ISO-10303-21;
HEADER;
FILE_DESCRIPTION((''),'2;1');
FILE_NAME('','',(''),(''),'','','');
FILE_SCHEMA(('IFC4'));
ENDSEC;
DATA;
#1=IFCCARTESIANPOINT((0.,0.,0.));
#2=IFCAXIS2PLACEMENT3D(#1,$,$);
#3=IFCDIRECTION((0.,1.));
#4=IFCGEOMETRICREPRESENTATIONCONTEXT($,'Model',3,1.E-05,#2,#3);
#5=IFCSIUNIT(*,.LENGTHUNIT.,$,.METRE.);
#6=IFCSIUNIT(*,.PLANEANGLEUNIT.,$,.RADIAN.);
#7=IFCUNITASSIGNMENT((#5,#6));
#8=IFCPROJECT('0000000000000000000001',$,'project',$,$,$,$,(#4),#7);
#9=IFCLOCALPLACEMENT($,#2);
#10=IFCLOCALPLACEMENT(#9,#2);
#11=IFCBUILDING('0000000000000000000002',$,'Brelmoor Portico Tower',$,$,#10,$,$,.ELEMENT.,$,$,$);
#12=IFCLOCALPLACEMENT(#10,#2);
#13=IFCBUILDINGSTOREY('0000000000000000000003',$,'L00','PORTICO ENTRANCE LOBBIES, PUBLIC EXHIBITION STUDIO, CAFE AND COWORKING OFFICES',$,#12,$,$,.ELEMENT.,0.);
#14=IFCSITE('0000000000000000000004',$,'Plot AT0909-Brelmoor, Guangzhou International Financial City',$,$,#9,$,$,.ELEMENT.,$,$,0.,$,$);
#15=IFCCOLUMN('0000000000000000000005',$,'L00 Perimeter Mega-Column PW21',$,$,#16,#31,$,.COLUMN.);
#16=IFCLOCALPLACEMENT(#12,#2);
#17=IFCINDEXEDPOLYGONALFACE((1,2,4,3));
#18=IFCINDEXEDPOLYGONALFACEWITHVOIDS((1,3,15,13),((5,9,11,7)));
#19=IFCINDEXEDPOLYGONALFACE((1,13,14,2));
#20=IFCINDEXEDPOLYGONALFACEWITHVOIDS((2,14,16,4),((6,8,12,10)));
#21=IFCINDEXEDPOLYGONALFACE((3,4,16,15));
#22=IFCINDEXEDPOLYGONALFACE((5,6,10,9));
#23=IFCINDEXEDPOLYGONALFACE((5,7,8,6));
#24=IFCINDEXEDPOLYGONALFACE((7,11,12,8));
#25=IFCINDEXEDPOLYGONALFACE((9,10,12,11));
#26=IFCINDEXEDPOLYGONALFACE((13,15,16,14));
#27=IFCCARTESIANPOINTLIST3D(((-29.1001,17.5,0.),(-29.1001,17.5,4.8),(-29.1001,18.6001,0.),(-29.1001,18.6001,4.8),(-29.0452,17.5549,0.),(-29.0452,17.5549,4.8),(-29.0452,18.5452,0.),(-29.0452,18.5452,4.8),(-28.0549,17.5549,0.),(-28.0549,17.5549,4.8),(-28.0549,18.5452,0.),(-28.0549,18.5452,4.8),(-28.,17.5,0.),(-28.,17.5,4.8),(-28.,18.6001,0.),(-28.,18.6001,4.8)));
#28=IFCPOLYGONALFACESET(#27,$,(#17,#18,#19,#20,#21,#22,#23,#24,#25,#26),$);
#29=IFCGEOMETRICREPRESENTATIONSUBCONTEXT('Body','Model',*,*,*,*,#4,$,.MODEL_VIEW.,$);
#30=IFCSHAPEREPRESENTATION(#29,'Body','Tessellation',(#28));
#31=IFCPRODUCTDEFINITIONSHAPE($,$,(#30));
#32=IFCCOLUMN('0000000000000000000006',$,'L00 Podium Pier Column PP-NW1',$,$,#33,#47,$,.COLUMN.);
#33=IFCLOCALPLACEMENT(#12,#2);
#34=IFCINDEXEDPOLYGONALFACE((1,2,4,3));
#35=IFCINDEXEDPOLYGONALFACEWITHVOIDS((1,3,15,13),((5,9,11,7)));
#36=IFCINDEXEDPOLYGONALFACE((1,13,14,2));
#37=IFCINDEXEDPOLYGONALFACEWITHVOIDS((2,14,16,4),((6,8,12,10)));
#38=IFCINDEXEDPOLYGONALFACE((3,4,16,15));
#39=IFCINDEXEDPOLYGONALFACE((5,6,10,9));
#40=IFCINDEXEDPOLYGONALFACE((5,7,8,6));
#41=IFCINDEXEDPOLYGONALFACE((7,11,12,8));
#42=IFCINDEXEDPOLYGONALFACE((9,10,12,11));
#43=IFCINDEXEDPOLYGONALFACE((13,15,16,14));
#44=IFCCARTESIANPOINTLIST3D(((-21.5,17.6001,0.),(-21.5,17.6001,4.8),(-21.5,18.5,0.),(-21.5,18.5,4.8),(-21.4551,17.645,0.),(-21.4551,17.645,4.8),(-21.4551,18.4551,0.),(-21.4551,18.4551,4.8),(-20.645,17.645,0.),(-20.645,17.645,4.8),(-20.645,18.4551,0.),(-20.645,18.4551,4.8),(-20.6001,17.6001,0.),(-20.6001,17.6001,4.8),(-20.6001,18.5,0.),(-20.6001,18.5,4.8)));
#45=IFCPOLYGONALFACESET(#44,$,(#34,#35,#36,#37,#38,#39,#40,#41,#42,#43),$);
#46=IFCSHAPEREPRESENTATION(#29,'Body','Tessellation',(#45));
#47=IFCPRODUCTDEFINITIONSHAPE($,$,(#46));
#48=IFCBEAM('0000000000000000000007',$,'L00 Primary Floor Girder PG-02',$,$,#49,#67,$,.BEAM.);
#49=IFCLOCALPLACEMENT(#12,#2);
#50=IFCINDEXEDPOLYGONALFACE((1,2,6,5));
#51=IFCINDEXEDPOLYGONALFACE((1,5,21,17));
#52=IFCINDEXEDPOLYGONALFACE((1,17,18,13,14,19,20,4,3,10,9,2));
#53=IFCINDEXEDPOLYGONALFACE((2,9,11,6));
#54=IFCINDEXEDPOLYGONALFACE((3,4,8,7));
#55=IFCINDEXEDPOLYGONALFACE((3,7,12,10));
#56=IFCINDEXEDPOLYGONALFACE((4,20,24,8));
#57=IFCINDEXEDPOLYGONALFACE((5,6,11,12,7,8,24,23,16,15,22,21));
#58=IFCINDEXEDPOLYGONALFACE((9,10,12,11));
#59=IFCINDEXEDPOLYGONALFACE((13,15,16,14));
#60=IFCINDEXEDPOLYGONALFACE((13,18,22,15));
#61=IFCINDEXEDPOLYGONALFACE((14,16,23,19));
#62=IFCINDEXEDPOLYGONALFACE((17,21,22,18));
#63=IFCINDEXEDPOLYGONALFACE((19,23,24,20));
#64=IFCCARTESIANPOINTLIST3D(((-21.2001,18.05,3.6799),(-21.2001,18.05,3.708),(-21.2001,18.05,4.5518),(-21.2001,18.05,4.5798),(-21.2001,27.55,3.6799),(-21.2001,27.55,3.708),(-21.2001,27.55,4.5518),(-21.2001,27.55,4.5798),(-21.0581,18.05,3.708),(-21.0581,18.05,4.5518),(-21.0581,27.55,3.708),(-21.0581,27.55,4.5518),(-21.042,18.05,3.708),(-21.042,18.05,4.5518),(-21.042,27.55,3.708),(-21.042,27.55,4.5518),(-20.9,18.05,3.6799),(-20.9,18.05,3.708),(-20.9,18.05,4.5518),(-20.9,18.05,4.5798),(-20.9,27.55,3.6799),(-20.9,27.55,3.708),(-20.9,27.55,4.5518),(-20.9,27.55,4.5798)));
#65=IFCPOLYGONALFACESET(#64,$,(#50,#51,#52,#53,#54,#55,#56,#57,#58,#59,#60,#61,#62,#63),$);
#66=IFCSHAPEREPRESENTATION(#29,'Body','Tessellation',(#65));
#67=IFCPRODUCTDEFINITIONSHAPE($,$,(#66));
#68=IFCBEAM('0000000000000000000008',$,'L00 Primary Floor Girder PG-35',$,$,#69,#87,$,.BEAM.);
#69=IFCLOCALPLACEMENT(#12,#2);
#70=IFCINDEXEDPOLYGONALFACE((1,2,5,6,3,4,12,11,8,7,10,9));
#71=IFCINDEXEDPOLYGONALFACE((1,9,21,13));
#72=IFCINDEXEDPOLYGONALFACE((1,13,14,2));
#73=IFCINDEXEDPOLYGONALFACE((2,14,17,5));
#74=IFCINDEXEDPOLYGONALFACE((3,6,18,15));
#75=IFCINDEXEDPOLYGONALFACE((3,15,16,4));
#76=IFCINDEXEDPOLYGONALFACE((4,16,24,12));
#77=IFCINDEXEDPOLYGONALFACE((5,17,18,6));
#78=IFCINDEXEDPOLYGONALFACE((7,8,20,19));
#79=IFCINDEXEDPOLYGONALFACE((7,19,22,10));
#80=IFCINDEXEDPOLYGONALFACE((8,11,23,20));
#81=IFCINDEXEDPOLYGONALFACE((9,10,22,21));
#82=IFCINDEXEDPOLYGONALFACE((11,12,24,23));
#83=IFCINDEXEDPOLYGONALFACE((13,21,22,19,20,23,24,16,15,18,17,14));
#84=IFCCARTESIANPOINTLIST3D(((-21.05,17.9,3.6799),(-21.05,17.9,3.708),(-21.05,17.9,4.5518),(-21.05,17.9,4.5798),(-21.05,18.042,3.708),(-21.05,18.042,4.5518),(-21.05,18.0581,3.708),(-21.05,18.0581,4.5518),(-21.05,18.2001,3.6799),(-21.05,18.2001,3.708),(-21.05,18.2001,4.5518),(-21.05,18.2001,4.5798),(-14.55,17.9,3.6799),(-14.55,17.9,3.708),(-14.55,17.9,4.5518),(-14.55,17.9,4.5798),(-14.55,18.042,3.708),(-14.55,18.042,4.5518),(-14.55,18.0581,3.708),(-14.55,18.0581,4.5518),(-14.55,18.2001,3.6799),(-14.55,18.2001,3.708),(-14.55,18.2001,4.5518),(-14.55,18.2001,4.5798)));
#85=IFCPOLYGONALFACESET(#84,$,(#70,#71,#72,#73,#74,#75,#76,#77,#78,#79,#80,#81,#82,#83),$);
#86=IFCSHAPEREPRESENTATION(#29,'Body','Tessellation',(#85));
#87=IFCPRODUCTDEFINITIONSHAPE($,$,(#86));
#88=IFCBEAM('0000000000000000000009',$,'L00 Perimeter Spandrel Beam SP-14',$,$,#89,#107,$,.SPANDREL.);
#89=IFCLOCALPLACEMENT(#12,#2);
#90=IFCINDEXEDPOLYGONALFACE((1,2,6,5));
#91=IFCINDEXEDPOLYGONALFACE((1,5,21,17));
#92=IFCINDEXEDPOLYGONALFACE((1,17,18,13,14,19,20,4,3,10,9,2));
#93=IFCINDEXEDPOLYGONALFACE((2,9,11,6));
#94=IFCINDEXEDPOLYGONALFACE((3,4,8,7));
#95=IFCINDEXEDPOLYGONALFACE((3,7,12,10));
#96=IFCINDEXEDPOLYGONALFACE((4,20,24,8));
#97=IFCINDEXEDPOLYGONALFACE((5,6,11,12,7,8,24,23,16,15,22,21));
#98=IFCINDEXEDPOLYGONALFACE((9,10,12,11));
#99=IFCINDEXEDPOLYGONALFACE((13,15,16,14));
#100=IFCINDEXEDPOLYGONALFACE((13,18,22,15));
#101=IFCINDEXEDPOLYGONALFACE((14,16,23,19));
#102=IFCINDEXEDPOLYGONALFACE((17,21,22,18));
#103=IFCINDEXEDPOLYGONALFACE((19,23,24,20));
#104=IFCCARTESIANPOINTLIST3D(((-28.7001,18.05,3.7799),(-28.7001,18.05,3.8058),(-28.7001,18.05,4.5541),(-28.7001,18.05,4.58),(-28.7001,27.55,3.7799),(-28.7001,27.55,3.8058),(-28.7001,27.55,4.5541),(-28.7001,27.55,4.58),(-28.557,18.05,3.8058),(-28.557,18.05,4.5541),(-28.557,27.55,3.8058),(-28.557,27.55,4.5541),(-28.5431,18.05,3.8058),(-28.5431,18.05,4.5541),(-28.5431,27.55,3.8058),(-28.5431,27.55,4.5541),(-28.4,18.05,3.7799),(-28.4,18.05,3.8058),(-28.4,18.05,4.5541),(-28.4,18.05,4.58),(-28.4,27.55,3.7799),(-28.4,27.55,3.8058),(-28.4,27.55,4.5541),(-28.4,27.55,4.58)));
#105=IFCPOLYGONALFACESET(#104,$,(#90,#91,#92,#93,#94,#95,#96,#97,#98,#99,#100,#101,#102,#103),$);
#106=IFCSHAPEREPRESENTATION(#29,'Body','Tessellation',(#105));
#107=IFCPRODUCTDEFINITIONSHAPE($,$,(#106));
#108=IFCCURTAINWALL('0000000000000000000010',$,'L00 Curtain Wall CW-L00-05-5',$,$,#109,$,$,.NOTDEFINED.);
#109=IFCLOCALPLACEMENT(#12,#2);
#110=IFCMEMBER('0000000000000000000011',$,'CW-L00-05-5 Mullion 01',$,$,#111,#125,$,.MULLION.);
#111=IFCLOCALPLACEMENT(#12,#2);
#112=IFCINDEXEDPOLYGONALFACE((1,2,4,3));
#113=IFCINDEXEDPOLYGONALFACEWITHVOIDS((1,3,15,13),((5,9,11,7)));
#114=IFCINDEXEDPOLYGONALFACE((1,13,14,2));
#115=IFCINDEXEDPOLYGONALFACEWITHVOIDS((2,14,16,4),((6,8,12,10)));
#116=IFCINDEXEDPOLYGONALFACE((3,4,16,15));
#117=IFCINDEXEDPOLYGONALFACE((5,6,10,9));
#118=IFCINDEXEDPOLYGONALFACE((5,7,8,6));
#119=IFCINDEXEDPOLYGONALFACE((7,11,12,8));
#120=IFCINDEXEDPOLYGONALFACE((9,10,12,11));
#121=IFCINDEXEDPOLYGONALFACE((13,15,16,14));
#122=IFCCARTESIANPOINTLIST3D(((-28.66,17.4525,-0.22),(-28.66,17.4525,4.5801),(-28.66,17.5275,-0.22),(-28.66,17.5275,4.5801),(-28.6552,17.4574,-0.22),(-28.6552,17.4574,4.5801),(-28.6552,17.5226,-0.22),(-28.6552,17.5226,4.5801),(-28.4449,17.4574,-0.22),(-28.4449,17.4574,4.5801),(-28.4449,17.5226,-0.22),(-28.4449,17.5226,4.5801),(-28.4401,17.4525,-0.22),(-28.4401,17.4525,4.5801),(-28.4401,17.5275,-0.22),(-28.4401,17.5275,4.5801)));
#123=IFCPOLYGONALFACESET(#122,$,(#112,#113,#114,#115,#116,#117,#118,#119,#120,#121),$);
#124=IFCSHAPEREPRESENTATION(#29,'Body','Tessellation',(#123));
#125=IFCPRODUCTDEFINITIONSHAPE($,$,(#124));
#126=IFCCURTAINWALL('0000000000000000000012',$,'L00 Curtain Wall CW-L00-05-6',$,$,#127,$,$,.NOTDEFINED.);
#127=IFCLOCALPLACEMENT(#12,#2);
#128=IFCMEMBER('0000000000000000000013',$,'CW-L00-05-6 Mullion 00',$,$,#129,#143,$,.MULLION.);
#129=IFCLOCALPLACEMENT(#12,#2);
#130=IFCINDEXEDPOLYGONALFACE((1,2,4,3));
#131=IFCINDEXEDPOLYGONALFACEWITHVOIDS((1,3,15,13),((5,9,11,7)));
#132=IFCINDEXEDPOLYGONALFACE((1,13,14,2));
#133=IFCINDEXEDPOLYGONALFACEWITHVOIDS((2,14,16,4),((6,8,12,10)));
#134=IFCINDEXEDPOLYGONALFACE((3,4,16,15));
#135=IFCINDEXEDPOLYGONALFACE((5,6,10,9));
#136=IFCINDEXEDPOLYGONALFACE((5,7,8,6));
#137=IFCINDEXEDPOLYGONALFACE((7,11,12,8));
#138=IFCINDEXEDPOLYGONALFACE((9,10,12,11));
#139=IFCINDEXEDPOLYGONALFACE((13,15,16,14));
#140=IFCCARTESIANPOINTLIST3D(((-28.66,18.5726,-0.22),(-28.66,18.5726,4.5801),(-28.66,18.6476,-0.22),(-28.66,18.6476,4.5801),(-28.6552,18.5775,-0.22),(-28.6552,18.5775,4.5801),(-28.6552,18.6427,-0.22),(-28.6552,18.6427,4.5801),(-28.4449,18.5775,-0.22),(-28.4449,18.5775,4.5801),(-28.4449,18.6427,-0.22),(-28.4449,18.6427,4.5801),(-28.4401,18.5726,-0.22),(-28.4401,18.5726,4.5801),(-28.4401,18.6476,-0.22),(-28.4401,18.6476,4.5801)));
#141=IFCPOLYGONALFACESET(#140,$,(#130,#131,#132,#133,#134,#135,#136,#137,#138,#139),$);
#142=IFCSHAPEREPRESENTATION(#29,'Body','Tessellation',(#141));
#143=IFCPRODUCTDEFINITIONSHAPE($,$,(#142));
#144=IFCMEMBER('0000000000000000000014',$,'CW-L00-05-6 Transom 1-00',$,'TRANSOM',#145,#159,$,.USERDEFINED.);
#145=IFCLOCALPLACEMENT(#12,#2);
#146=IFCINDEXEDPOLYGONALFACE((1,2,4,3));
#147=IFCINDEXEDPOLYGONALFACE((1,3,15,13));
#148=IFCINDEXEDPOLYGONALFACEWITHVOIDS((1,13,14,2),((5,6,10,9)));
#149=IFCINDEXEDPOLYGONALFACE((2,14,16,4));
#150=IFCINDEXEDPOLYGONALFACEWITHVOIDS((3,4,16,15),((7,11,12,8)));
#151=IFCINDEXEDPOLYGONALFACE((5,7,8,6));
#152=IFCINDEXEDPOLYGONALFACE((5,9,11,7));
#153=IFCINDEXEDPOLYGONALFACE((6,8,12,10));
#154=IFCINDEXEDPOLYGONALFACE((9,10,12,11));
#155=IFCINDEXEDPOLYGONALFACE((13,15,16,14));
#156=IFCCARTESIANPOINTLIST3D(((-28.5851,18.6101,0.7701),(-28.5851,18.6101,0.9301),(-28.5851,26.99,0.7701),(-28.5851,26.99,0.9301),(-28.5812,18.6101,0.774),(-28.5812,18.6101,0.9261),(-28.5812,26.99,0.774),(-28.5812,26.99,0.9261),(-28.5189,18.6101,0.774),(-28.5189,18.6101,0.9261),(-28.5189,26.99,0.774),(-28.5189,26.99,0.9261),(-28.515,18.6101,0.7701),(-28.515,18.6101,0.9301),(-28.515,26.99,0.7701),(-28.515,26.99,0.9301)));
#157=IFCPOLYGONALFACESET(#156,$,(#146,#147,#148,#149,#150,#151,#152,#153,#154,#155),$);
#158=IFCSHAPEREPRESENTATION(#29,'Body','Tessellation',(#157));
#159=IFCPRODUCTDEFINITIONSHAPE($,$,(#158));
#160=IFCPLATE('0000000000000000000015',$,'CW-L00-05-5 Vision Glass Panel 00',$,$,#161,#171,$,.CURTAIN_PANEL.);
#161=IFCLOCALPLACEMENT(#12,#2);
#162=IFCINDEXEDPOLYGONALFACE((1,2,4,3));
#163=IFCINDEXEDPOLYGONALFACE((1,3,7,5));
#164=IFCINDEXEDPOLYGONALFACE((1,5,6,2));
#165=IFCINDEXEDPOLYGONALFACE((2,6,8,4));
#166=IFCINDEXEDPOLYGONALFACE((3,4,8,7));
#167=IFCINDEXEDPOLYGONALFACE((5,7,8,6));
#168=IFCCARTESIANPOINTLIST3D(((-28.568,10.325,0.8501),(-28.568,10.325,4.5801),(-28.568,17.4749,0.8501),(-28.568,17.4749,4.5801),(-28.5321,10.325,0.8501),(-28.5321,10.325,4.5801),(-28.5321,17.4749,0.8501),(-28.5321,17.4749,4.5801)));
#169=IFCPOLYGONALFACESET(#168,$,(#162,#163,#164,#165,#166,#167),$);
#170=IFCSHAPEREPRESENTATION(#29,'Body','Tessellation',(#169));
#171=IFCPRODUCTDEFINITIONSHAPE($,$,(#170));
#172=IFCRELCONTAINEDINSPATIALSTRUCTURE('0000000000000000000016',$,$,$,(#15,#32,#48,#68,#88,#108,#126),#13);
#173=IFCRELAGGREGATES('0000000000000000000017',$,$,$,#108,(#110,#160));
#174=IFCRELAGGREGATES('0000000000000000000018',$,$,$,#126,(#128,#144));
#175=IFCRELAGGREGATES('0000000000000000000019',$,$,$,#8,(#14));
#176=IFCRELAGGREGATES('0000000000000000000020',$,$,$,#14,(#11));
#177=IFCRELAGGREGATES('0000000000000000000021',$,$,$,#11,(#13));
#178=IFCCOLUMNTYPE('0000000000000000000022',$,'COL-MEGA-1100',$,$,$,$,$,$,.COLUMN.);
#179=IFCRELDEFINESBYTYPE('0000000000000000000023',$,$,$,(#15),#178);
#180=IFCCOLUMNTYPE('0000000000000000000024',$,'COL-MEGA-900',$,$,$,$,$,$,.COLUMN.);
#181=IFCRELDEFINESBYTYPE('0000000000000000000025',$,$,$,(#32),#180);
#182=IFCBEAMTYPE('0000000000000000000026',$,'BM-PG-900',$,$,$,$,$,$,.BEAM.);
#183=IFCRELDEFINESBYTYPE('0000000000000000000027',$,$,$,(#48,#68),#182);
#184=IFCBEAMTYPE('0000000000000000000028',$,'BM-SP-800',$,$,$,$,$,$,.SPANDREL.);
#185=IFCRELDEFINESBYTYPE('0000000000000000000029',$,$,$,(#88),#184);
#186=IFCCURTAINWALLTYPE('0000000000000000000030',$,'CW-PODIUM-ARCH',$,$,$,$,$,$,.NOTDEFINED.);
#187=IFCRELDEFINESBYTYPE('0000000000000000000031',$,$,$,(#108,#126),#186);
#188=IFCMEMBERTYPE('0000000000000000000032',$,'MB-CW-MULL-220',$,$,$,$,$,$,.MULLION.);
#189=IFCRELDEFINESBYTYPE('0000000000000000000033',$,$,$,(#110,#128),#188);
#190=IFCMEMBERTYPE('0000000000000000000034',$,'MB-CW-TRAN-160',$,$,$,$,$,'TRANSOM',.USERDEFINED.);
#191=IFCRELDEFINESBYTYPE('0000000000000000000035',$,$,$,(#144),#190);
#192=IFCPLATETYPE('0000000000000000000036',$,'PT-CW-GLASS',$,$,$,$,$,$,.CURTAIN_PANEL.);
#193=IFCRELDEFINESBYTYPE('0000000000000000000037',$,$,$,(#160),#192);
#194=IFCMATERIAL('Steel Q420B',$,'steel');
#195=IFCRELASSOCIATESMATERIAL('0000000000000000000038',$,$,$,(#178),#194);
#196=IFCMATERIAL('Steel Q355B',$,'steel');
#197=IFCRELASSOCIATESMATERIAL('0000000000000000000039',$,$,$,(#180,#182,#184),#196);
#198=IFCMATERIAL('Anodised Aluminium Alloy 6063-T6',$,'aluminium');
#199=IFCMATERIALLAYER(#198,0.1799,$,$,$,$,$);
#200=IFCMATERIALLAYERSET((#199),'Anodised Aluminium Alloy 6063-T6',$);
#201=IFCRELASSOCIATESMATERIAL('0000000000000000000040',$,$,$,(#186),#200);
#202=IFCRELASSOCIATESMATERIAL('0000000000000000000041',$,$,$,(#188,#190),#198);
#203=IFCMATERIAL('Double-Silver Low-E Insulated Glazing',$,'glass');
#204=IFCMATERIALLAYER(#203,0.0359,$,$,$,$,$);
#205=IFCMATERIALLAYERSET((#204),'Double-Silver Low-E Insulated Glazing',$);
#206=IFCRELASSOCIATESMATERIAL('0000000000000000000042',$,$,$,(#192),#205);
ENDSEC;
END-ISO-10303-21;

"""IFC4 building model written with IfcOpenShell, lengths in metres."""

from ifc_helpers import new_model, si_unit, direction, frame, origin, origin_2d, place, context, subcontext, project, spatial, rectangle, hollow_rectangle, i_section, extrude, material, layer, layer_set, material_profile, profile_set, type_object, element, aggregate, save


model = new_model("IFC4")

# Units and contexts
model_context = context("Model", 3, precision=1e-05, world=origin(), true_north=direction((0.0, 1.0)))
body_context = subcontext(model_context, "Body", "Model", "MODEL_VIEW")
ifc_project = project(units=[si_unit("LENGTHUNIT", "METRE"), si_unit("PLANEANGLEUNIT", "RADIAN")], contexts=[model_context])

# Site, building, storey
site_placement = place(None, origin())
site = spatial("IfcSite", under=ifc_project, at=site_placement, Name="Plot AT0909-Brelmoor, Guangzhou International Financial City", CompositionType="ELEMENT", RefElevation=0.0)
building_placement = place(site_placement, origin())
building = spatial("IfcBuilding", under=site, at=building_placement, Name="Brelmoor Portico Tower", CompositionType="ELEMENT")
storey_placement = place(building_placement, origin())
storey = spatial("IfcBuildingStorey", under=building, at=storey_placement, Name="L00", Description="PORTICO ENTRANCE LOBBIES, PUBLIC EXHIBITION STUDIO, CAFE AND COWORKING OFFICES", CompositionType="ELEMENT", Elevation=0.0)

# Columns
ifc_material_1 = material(Name="Steel Q420B", Category="steel")
ifc_material_profile_1 = material_profile(ifc_material_1, hollow_rectangle(XDim=1.1001, YDim=1.1001, WallThickness=0.0549, at=origin_2d()), Name="BOX 1100x1100x55")
ifc_profile_set_1 = profile_set([ifc_material_profile_1], Name="Steel Q420B")
column_type_1 = type_object("IfcColumnType", Name="COL-MEGA-1100", PredefinedType="COLUMN", material=ifc_profile_set_1)
column_1_placement = place(storey_placement, frame((-28.55, 18.05, 0.0), z_axis=(0.0, 0.0, 1.0), x_axis=(0.0, 1.0, 0.0)))
element("IfcColumn", 1, at=column_1_placement, inside=storey, type_object=column_type_1, Name="L00 Perimeter Mega-Column PW21", PredefinedType="COLUMN", context=body_context, shape_type="SweptSolid", body=[
    extrude(hollow_rectangle(XDim=1.1001, YDim=1.1001, WallThickness=0.0549, at=origin_2d()), origin(), (0.0, 0.0, 1.0), 4.8),
])
ifc_material_2 = material(Name="Steel Q355B", Category="steel")
ifc_material_profile_2 = material_profile(ifc_material_2, hollow_rectangle(XDim=0.8999, YDim=0.8999, WallThickness=0.0449, at=origin_2d()), Name="BOX 900x900x45")
ifc_profile_set_2 = profile_set([ifc_material_profile_2], Name="Steel Q355B")
column_type_2 = type_object("IfcColumnType", Name="COL-MEGA-900", PredefinedType="COLUMN", material=ifc_profile_set_2)
column_2_placement = place(storey_placement, frame((-21.05, 18.05, 0.0), z_axis=(0.0, 0.0, 1.0), x_axis=(1.0, 0.0, 0.0)))
element("IfcColumn", 2, at=column_2_placement, inside=storey, type_object=column_type_2, Name="L00 Podium Pier Column PP-NW1", PredefinedType="COLUMN", context=body_context, shape_type="SweptSolid", body=[
    extrude(hollow_rectangle(XDim=0.8999, YDim=0.8999, WallThickness=0.0449, at=origin_2d()), origin(), (0.0, 0.0, 1.0), 4.8),
])

# Beams
ifc_material_profile_3 = material_profile(ifc_material_2, i_section(OverallWidth=0.3, OverallDepth=0.8999, WebThickness=0.0161, FlangeThickness=0.0281, at=origin_2d()), Name="HN 900x300x16x28")
ifc_profile_set_3 = profile_set([ifc_material_profile_3], Name="Steel Q355B")
beam_type_1 = type_object("IfcBeamType", Name="BM-PG-900", PredefinedType="BEAM", material=ifc_profile_set_3)
beam_1_placement = place(storey_placement, frame((-21.05, 18.05, 4.1299), z_axis=(0.0, 1.0, 0.0), x_axis=(-1.0, 0.0, 0.0)))
element("IfcBeam", 3, at=beam_1_placement, inside=storey, type_object=beam_type_1, Name="L00 Primary Floor Girder PG-02", PredefinedType="BEAM", context=body_context, shape_type="SweptSolid", body=[
    extrude(i_section(OverallWidth=0.3, OverallDepth=0.8999, WebThickness=0.0161, FlangeThickness=0.0281, at=origin_2d()), origin(), (0.0, 0.0, 1.0), 9.5),
])
beam_2_placement = place(storey_placement, frame((-21.05, 18.05, 4.1299), z_axis=(1.0, 0.0, 0.0), x_axis=(0.0, 1.0, 0.0)))
element("IfcBeam", 4, at=beam_2_placement, inside=storey, type_object=beam_type_1, Name="L00 Primary Floor Girder PG-35", PredefinedType="BEAM", context=body_context, shape_type="SweptSolid", body=[
    extrude(i_section(OverallWidth=0.3, OverallDepth=0.8999, WebThickness=0.0161, FlangeThickness=0.0281, at=origin_2d()), origin(), (0.0, 0.0, 1.0), 6.5),
])
ifc_material_profile_4 = material_profile(ifc_material_2, i_section(OverallWidth=0.3, OverallDepth=0.8, WebThickness=0.0139, FlangeThickness=0.0259, at=origin_2d()), Name="HN 800x300x14x26")
ifc_profile_set_4 = profile_set([ifc_material_profile_4], Name="Steel Q355B")
beam_type_2 = type_object("IfcBeamType", Name="BM-SP-800", PredefinedType="SPANDREL", material=ifc_profile_set_4)
beam_3_placement = place(storey_placement, frame((-28.55, 18.05, 4.1799), z_axis=(0.0, 1.0, 0.0), x_axis=(-1.0, 0.0, 0.0)))
element("IfcBeam", 5, at=beam_3_placement, inside=storey, type_object=beam_type_2, Name="L00 Perimeter Spandrel Beam SP-14", PredefinedType="SPANDREL", context=body_context, shape_type="SweptSolid", body=[
    extrude(i_section(OverallWidth=0.3, OverallDepth=0.8, WebThickness=0.0139, FlangeThickness=0.0259, at=origin_2d()), origin(), (0.0, 0.0, 1.0), 9.5),
])

# Curtain wall, member
ifc_material_3 = material(Name="Anodised Aluminium Alloy 6063-T6", Category="aluminium")
ifc_layer_1 = layer(ifc_material_3, 0.1799)
ifc_layer_set_1 = layer_set([ifc_layer_1], Name="Anodised Aluminium Alloy 6063-T6")
curtain_wall_type = type_object("IfcCurtainWallType", Name="CW-PODIUM-ARCH", PredefinedType="NOTDEFINED", material=ifc_layer_set_1)
curtain_wall_1_placement = place(storey_placement, origin())
curtain_wall_1 = element("IfcCurtainWall", 6, at=curtain_wall_1_placement, inside=storey, type_object=curtain_wall_type, Name="L00 Curtain Wall CW-L00-05-5", PredefinedType="NOTDEFINED")
ifc_material_profile_5 = material_profile(ifc_material_3, hollow_rectangle(XDim=0.075, YDim=0.22, WallThickness=0.0049, at=origin_2d()), Name="ALU MULLION 75x220")
ifc_profile_set_5 = profile_set([ifc_material_profile_5], Name="Anodised Aluminium Alloy 6063-T6")
member_type_1 = type_object("IfcMemberType", Name="MB-CW-MULL-220", PredefinedType="MULLION", material=ifc_profile_set_5)
member_1_placement = place(storey_placement, frame((-28.55, 17.49, -0.22), z_axis=(0.0, 0.0, 1.0), x_axis=(0.0, 1.0, 0.0)))
member_1 = element("IfcMember", 7, at=member_1_placement, type_object=member_type_1, Name="CW-L00-05-5 Mullion 01", PredefinedType="MULLION", context=body_context, shape_type="SweptSolid", body=[
    extrude(hollow_rectangle(XDim=0.075, YDim=0.22, WallThickness=0.0049, at=origin_2d()), origin(), (0.0, 0.0, 1.0), 4.8),
])

# Curtain wall, members
curtain_wall_2_placement = place(storey_placement, origin())
curtain_wall_2 = element("IfcCurtainWall", 8, at=curtain_wall_2_placement, inside=storey, type_object=curtain_wall_type, Name="L00 Curtain Wall CW-L00-05-6", PredefinedType="NOTDEFINED")
member_2_placement = place(storey_placement, frame((-28.55, 18.6101, -0.22), z_axis=(0.0, 0.0, 1.0), x_axis=(0.0, 1.0, 0.0)))
member_2 = element("IfcMember", 9, at=member_2_placement, type_object=member_type_1, Name="CW-L00-05-6 Mullion 00", PredefinedType="MULLION", context=body_context, shape_type="SweptSolid", body=[
    extrude(hollow_rectangle(XDim=0.075, YDim=0.22, WallThickness=0.0049, at=origin_2d()), origin(), (0.0, 0.0, 1.0), 4.8),
])
ifc_material_profile_6 = material_profile(ifc_material_3, hollow_rectangle(XDim=0.0701, YDim=0.1599, WallThickness=0.0039, at=origin_2d()), Name="ALU TRANSOM 70x160")
ifc_profile_set_6 = profile_set([ifc_material_profile_6], Name="Anodised Aluminium Alloy 6063-T6")
member_type_2 = type_object("IfcMemberType", Name="MB-CW-TRAN-160", ElementType="TRANSOM", PredefinedType="USERDEFINED", material=ifc_profile_set_6)
member_3_placement = place(storey_placement, frame((-28.55, 18.6101, 0.8501), z_axis=(0.0, 1.0, 0.0), x_axis=(-1.0, 0.0, 0.0)))
member_3 = element("IfcMember", 10, at=member_3_placement, type_object=member_type_2, Name="CW-L00-05-6 Transom 1-00", ObjectType="TRANSOM", PredefinedType="USERDEFINED", context=body_context, shape_type="SweptSolid", body=[
    extrude(hollow_rectangle(XDim=0.0701, YDim=0.1599, WallThickness=0.0039, at=origin_2d()), origin(), (0.0, 0.0, 1.0), 8.3799),
])

# Plate
ifc_material_4 = material(Name="Double-Silver Low-E Insulated Glazing", Category="glass")
ifc_layer_2 = layer(ifc_material_4, 0.0359)
ifc_layer_set_2 = layer_set([ifc_layer_2], Name="Double-Silver Low-E Insulated Glazing")
plate_type_1 = type_object("IfcPlateType", Name="PT-CW-GLASS", PredefinedType="CURTAIN_PANEL", material=ifc_layer_set_2)
plate_1_placement = place(storey_placement, frame((-28.55, 13.8999, 0.8501), z_axis=(0.0, 0.0, 1.0), x_axis=(0.0, 1.0, 0.0)))
plate_1 = element("IfcPlate", 11, at=plate_1_placement, type_object=plate_type_1, Name="CW-L00-05-5 Vision Glass Panel 00", PredefinedType="CURTAIN_PANEL", context=body_context, shape_type="SweptSolid", body=[
    extrude(rectangle(XDim=7.1499, YDim=0.0359, at=origin_2d()), origin(), (0.0, 0.0, 1.0), 3.73),
])
aggregate(curtain_wall_1, [member_1, plate_1])
aggregate(curtain_wall_2, [member_2, member_3])

save(model, "model.ifc")
